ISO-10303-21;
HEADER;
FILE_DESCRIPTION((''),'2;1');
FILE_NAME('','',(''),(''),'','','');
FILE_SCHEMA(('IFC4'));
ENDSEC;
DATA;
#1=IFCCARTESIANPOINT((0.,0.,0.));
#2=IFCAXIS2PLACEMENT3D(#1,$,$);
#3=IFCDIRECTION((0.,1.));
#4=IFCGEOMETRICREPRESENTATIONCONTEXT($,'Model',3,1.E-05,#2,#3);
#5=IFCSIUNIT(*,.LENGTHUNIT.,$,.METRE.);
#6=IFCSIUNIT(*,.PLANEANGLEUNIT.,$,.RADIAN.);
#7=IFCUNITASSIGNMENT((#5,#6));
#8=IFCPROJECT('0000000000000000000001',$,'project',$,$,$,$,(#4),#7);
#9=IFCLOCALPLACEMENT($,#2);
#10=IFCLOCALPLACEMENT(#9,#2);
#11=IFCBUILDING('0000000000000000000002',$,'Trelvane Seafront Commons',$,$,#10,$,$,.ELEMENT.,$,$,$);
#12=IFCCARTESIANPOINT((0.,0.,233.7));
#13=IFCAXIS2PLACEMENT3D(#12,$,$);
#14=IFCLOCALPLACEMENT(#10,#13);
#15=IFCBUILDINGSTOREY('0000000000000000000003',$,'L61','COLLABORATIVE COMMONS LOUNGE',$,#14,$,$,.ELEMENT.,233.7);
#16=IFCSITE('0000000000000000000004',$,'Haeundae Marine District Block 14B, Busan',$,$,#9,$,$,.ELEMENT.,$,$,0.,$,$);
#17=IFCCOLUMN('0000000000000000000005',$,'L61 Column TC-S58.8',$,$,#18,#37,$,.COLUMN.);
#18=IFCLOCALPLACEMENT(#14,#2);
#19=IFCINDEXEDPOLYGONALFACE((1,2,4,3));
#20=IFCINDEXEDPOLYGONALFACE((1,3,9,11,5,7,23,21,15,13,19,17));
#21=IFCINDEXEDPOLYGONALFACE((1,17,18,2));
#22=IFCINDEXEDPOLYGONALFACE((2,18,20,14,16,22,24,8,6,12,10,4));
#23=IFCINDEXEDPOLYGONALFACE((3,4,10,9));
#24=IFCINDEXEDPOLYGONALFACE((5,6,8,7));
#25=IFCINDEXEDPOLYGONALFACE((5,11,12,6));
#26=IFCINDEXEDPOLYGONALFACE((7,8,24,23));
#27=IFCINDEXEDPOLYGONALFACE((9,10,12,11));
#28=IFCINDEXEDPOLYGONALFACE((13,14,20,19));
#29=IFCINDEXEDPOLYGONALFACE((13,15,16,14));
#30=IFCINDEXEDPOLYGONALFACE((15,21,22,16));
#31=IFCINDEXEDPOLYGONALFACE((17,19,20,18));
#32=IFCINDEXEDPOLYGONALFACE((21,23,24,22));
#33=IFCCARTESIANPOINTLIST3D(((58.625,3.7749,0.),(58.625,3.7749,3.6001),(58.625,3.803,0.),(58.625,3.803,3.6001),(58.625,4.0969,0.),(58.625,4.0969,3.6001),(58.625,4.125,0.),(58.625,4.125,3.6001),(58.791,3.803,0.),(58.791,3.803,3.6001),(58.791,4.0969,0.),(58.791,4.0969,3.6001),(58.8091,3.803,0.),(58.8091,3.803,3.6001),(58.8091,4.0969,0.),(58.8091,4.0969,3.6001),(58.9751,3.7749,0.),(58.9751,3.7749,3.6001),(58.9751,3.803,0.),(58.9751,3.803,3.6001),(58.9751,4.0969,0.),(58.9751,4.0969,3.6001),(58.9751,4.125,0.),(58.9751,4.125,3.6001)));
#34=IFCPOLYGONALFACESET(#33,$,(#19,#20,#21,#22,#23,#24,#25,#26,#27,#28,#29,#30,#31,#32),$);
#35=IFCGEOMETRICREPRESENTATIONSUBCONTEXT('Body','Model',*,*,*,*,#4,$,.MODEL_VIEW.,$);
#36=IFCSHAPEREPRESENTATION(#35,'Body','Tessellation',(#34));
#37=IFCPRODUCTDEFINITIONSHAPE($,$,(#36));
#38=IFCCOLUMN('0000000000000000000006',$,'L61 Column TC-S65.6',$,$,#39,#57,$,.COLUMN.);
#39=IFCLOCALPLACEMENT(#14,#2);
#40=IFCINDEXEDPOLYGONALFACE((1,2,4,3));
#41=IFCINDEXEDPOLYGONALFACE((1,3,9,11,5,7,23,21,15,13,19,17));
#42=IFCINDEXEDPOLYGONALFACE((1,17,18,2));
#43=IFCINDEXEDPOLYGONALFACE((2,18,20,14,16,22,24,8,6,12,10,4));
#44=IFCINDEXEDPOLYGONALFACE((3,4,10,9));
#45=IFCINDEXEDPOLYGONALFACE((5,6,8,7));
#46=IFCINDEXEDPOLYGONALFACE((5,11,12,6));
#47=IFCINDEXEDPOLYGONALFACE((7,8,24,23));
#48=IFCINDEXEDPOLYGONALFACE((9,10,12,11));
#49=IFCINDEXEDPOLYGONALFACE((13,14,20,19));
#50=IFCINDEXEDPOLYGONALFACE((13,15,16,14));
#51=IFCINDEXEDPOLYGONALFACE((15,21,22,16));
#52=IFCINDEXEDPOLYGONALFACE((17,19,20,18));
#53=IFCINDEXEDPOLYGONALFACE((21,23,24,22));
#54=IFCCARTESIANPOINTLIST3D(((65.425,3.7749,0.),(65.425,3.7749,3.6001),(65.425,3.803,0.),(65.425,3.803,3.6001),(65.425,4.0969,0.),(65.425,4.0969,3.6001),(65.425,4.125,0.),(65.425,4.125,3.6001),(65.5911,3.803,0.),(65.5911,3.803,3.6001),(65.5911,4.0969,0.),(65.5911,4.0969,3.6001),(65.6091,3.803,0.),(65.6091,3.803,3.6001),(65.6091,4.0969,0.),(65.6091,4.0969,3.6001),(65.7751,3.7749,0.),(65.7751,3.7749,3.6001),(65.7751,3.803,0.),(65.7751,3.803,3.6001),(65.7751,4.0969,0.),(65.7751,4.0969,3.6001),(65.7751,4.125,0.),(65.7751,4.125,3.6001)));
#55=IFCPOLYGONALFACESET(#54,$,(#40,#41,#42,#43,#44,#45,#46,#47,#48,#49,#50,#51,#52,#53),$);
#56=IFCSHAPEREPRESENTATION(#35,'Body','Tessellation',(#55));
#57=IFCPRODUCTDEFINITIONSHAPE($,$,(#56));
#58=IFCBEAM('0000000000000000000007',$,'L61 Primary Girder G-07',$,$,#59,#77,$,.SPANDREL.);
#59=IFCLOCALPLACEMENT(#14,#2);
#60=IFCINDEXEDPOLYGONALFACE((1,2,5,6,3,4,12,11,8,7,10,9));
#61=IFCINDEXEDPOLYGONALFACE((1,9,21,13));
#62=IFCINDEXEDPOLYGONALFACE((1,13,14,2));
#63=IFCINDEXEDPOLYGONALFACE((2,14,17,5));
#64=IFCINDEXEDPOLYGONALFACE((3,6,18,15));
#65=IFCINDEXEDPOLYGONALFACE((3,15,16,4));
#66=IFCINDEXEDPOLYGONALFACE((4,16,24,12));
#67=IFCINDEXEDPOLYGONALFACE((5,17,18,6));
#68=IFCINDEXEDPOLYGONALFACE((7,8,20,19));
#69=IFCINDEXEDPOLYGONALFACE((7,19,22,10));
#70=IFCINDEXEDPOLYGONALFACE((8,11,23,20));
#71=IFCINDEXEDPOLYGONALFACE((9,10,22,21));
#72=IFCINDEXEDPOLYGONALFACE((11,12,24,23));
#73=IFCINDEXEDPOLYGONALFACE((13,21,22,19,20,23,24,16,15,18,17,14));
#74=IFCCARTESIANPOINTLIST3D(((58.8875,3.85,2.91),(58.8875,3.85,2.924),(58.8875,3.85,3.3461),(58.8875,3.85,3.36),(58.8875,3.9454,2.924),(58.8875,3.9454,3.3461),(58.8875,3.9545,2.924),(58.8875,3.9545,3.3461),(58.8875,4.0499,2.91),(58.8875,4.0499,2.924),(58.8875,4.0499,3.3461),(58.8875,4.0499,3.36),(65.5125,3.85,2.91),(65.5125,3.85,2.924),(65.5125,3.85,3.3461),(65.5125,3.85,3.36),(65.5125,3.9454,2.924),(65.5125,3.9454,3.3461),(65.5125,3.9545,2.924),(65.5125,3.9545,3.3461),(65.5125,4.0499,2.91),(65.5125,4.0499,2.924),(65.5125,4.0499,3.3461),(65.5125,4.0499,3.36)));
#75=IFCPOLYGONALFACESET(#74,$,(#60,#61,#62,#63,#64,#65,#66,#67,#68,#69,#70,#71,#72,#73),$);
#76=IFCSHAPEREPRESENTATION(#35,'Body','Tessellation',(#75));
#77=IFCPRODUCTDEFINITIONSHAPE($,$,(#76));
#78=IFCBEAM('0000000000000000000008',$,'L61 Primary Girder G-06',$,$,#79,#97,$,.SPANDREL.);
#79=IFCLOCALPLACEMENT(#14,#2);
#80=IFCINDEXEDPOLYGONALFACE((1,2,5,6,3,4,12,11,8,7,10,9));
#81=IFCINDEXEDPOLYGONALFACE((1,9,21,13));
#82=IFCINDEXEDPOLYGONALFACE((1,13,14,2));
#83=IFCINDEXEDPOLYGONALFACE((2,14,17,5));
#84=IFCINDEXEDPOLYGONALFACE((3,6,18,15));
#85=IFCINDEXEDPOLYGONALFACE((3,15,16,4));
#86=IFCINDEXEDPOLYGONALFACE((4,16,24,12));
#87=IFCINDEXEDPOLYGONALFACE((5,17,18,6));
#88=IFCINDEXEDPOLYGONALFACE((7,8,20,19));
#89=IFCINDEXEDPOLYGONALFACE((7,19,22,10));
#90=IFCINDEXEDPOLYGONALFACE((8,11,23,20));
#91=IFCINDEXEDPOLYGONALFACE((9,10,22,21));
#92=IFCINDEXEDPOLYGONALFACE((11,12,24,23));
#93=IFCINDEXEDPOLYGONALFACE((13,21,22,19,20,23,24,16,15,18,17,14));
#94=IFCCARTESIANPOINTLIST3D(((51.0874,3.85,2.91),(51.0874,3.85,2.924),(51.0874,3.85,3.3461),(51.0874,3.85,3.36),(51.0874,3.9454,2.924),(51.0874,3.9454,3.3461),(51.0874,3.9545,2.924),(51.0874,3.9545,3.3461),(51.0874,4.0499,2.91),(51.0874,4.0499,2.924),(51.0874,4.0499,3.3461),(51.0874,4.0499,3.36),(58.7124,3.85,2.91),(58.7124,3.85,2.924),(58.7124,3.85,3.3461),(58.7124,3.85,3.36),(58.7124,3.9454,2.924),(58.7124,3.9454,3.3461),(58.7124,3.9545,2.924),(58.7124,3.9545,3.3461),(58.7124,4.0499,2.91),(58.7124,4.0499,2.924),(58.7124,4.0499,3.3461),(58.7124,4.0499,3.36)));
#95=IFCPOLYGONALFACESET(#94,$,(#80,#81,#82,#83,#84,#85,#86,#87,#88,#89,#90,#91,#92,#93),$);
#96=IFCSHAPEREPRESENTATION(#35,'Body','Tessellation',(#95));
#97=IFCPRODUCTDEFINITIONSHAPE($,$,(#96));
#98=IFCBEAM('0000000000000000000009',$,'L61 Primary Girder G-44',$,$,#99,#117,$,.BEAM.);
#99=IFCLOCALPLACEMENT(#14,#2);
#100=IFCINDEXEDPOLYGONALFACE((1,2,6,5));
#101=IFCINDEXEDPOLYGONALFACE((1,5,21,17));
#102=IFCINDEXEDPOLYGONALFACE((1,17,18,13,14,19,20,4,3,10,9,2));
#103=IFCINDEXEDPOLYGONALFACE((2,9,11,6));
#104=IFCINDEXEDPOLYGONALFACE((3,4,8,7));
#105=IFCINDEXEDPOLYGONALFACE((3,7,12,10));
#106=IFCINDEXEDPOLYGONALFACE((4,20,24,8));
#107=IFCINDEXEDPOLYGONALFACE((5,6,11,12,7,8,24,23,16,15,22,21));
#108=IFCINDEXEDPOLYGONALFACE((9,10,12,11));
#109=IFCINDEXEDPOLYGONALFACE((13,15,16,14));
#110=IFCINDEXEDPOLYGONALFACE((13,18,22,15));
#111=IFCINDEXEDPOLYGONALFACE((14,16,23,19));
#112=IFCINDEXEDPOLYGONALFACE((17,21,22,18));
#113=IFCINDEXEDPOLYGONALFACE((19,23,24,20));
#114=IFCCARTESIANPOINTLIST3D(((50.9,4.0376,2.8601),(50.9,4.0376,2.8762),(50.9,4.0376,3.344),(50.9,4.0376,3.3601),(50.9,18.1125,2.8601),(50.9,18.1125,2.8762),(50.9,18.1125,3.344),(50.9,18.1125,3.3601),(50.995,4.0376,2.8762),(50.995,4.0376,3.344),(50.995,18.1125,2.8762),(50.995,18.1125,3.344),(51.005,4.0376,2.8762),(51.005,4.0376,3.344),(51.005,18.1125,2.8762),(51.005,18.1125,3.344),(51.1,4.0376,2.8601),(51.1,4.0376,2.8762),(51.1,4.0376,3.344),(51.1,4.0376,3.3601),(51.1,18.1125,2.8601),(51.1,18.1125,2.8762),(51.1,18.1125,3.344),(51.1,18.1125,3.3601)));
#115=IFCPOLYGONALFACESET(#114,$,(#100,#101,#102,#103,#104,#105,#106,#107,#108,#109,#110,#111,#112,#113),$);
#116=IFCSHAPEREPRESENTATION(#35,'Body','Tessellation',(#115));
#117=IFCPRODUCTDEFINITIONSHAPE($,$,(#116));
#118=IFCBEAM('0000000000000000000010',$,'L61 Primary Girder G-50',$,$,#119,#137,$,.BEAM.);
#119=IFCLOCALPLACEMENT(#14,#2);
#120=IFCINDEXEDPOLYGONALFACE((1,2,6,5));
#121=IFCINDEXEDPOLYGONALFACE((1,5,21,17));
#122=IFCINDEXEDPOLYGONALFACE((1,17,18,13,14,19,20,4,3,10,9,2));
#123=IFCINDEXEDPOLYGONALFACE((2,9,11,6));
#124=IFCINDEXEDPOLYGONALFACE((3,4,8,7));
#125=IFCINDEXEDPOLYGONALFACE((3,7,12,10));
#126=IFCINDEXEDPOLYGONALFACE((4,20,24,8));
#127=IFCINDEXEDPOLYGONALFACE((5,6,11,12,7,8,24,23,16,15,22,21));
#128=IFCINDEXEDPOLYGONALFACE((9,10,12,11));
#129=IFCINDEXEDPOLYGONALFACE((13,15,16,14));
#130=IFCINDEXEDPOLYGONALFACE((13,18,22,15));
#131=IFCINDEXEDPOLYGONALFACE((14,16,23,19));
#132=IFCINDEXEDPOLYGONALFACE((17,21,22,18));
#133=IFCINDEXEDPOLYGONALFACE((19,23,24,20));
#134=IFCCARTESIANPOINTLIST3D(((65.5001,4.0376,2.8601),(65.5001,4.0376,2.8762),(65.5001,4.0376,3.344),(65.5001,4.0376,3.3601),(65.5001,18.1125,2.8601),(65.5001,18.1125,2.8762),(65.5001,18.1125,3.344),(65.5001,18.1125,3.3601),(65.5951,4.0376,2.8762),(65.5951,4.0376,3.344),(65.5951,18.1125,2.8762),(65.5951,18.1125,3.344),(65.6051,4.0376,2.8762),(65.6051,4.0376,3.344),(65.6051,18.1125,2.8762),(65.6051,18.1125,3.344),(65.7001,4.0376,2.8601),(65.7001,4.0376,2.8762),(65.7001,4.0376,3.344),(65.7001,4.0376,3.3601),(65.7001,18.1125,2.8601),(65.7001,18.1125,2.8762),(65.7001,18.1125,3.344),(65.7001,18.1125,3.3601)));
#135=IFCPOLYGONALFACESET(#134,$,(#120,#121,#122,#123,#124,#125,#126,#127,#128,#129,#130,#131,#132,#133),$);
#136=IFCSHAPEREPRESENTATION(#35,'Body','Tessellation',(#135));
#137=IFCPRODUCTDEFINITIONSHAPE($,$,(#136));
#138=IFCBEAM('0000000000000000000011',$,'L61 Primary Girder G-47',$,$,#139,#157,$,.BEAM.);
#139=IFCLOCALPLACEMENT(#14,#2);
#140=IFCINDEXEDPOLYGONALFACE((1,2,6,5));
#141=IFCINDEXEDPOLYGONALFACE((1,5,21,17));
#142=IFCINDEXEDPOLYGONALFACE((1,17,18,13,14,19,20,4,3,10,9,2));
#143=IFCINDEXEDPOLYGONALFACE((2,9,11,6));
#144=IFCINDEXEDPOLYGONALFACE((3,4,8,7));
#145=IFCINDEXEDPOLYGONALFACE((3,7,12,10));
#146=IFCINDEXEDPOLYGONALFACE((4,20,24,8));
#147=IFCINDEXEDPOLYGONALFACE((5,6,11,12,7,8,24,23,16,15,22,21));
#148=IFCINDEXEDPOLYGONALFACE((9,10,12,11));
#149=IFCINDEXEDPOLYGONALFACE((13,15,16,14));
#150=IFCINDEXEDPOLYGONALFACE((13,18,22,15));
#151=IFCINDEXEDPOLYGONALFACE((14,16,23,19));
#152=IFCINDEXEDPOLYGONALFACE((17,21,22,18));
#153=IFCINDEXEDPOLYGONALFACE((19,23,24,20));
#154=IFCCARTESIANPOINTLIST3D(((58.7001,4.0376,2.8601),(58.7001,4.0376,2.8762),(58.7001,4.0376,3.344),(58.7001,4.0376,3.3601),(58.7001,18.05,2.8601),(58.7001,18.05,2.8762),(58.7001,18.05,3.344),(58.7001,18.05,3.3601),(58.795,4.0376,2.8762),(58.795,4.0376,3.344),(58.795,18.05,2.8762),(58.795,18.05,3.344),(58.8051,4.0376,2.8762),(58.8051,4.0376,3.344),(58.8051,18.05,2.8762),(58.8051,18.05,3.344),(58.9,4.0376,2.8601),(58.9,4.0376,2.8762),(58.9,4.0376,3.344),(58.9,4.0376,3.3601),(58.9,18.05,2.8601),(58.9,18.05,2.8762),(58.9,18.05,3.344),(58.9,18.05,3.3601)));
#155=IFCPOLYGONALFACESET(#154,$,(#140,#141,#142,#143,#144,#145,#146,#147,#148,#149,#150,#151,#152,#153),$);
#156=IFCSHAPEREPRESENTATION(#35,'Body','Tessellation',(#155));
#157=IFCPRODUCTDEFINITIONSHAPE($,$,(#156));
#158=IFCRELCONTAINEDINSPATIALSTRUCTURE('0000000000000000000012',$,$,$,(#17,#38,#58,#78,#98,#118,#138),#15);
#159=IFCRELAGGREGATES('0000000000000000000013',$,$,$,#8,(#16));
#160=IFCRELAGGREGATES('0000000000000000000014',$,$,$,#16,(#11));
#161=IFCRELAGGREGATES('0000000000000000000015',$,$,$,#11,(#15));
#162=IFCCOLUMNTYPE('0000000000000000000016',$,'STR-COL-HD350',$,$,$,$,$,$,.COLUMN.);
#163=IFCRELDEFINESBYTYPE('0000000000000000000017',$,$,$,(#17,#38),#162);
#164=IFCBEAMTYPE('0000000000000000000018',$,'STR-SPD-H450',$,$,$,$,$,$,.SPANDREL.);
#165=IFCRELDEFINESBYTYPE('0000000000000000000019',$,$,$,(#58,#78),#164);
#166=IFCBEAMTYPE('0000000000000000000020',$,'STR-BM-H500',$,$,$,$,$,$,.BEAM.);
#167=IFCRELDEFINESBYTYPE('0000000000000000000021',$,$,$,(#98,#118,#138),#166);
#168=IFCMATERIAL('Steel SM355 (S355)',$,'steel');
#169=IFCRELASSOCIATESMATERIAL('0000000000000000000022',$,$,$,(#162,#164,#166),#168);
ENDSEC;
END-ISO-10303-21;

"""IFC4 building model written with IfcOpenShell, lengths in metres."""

from ifc_helpers import new_model, si_unit, direction, frame, origin, origin_2d, place, context, subcontext, project, spatial, i_section, extrude, source, transform, mapped, material, material_profile, profile_set, type_object, element, save


model = new_model("IFC4")

# Units and contexts
model_context = context("Model", 3, precision=1e-05, world=origin(), true_north=direction((0.0, 1.0)))
body_context = subcontext(model_context, "Body", "Model", "MODEL_VIEW")
ifc_project = project(units=[si_unit("LENGTHUNIT", "METRE"), si_unit("PLANEANGLEUNIT", "RADIAN")], contexts=[model_context])

# Site, building, storey
site_placement = place(None, origin())
site = spatial("IfcSite", under=ifc_project, at=site_placement, Name="Haeundae Marine District Block 14B, Busan", CompositionType="ELEMENT", RefElevation=0.0)
building_placement = place(site_placement, origin())
building = spatial("IfcBuilding", under=site, at=building_placement, Name="Trelvane Seafront Commons", CompositionType="ELEMENT")
storey_placement = place(building_placement, frame((0.0, 0.0, 233.7)))
storey = spatial("IfcBuildingStorey", under=building, at=storey_placement, Name="L61", Description="COLLABORATIVE COMMONS LOUNGE", CompositionType="ELEMENT", Elevation=233.7)

# Columns
ifc_material_1 = material(Name="Steel SM355 (S355)", Category="steel")
ifc_material_profile_1 = material_profile(ifc_material_1, i_section(OverallWidth=0.3501, OverallDepth=0.3501, WebThickness=0.0181, FlangeThickness=0.0281, at=origin_2d()), Name="HD-350x350x18x28")
ifc_profile_set_1 = profile_set([ifc_material_profile_1], Name="Steel SM355 (S355)")
column_type = type_object("IfcColumnType", Name="STR-COL-HD350", PredefinedType="COLUMN", material=ifc_profile_set_1)
shared_shape_1 = source(origin(), body_context, "Body", "SweptSolid", [
    extrude(i_section(OverallWidth=0.3501, OverallDepth=0.3501, WebThickness=0.0181, FlangeThickness=0.0281, at=origin_2d()), origin(), (0.0, 0.0, 1.0), 3.6001),
])
for number, where, z_axis, x_axis, name in (
    (1, (58.8, 3.95, 0.0), (0.0, 0.0, 1.0), (1.0, 0.0, 0.0), "L61 Column TC-S58.8"),
    (2, (65.6001, 3.95, 0.0), (0.0, 0.0, 1.0), (1.0, 0.0, 0.0), "L61 Column TC-S65.6"),
):
    element("IfcColumn", number, at=place(storey_placement, frame(where, z_axis=z_axis, x_axis=x_axis)), inside=storey, type_object=column_type, Name=name, PredefinedType="COLUMN", context=body_context, shape_type="MappedRepresentation", body=[
        mapped(shared_shape_1, transform((0.0, 0.0, 0.0), x_axis=(1.0, 0.0, 0.0), y_axis=(0.0, 1.0, 0.0), z_axis=(0.0, 0.0, 1.0), scale=1.0)),
    ])

# Beams
ifc_material_profile_2 = material_profile(ifc_material_1, i_section(OverallWidth=0.2, OverallDepth=0.45, WebThickness=0.009, FlangeThickness=0.0139, at=origin_2d()), Name="H-450x200x9x14")
ifc_profile_set_2 = profile_set([ifc_material_profile_2], Name="Steel SM355 (S355)")
beam_type_1 = type_object("IfcBeamType", Name="STR-SPD-H450", PredefinedType="SPANDREL", material=ifc_profile_set_2)
shared_shape_2 = source(origin(), body_context, "Body", "SweptSolid", [
    extrude(i_section(OverallWidth=0.2, OverallDepth=0.45, WebThickness=0.009, FlangeThickness=0.0139, at=origin_2d()), origin(), (0.0, 0.0, 1.0), 6.625),
])
beam_1_placement = place(storey_placement, frame((58.8875, 3.95, 3.135), z_axis=(1.0, 0.0, 0.0), x_axis=(0.0, 1.0, 0.0)))
element("IfcBeam", 3, at=beam_1_placement, inside=storey, type_object=beam_type_1, Name="L61 Primary Girder G-07", PredefinedType="SPANDREL", context=body_context, shape_type="MappedRepresentation", body=[
    mapped(shared_shape_2, transform((0.0, 0.0, 0.0), x_axis=(1.0, 0.0, 0.0), y_axis=(0.0, 1.0, 0.0), z_axis=(0.0, 0.0, 1.0), scale=1.0)),
])
shared_shape_3 = source(origin(), body_context, "Body", "SweptSolid", [
    extrude(i_section(OverallWidth=0.2, OverallDepth=0.45, WebThickness=0.009, FlangeThickness=0.0139, at=origin_2d()), origin(), (0.0, 0.0, 1.0), 7.625),
])
beam_2_placement = place(storey_placement, frame((51.0874, 3.95, 3.135), z_axis=(1.0, 0.0, 0.0), x_axis=(0.0, 1.0, 0.0)))
element("IfcBeam", 4, at=beam_2_placement, inside=storey, type_object=beam_type_1, Name="L61 Primary Girder G-06", PredefinedType="SPANDREL", context=body_context, shape_type="MappedRepresentation", body=[
    mapped(shared_shape_3, transform((0.0, 0.0, 0.0), x_axis=(1.0, 0.0, 0.0), y_axis=(0.0, 1.0, 0.0), z_axis=(0.0, 0.0, 1.0), scale=1.0)),
])
ifc_material_profile_3 = material_profile(ifc_material_1, i_section(OverallWidth=0.2, OverallDepth=0.5, WebThickness=0.01, FlangeThickness=0.0161, at=origin_2d()), Name="H-500x200x10x16")
ifc_profile_set_3 = profile_set([ifc_material_profile_3], Name="Steel SM355 (S355)")
beam_type_2 = type_object("IfcBeamType", Name="STR-BM-H500", PredefinedType="BEAM", material=ifc_profile_set_3)
shared_shape_4 = source(origin(), body_context, "Body", "SweptSolid", [
    extrude(i_section(OverallWidth=0.2, OverallDepth=0.5, WebThickness=0.01, FlangeThickness=0.0161, at=origin_2d()), origin(), (0.0, 0.0, 1.0), 14.075),
])
for number, where, z_axis, x_axis, name in (
    (5, (51.0, 4.0376, 3.1101), (0.0, 1.0, 0.0), (-1.0, 0.0, 0.0), "L61 Primary Girder G-44"),
    (6, (65.6001, 4.0376, 3.1101), (0.0, 1.0, 0.0), (-1.0, 0.0, 0.0), "L61 Primary Girder G-50"),
):
    element("IfcBeam", number, at=place(storey_placement, frame(where, z_axis=z_axis, x_axis=x_axis)), inside=storey, type_object=beam_type_2, Name=name, PredefinedType="BEAM", context=body_context, shape_type="MappedRepresentation", body=[
        mapped(shared_shape_4, transform((0.0, 0.0, 0.0), x_axis=(1.0, 0.0, 0.0), y_axis=(0.0, 1.0, 0.0), z_axis=(0.0, 0.0, 1.0), scale=1.0)),
    ])
shared_shape_5 = source(origin(), body_context, "Body", "SweptSolid", [
    extrude(i_section(OverallWidth=0.2, OverallDepth=0.5, WebThickness=0.01, FlangeThickness=0.0161, at=origin_2d()), origin(), (0.0, 0.0, 1.0), 14.0125),
])
beam_3_placement = place(storey_placement, frame((58.8, 4.0376, 3.1101), z_axis=(0.0, 1.0, 0.0), x_axis=(-1.0, 0.0, 0.0)))
element("IfcBeam", 7, at=beam_3_placement, inside=storey, type_object=beam_type_2, Name="L61 Primary Girder G-47", PredefinedType="BEAM", context=body_context, shape_type="MappedRepresentation", body=[
    mapped(shared_shape_5, transform((0.0, 0.0, 0.0), x_axis=(1.0, 0.0, 0.0), y_axis=(0.0, 1.0, 0.0), z_axis=(0.0, 0.0, 1.0), scale=1.0)),
])

save(model, "model.ifc")
